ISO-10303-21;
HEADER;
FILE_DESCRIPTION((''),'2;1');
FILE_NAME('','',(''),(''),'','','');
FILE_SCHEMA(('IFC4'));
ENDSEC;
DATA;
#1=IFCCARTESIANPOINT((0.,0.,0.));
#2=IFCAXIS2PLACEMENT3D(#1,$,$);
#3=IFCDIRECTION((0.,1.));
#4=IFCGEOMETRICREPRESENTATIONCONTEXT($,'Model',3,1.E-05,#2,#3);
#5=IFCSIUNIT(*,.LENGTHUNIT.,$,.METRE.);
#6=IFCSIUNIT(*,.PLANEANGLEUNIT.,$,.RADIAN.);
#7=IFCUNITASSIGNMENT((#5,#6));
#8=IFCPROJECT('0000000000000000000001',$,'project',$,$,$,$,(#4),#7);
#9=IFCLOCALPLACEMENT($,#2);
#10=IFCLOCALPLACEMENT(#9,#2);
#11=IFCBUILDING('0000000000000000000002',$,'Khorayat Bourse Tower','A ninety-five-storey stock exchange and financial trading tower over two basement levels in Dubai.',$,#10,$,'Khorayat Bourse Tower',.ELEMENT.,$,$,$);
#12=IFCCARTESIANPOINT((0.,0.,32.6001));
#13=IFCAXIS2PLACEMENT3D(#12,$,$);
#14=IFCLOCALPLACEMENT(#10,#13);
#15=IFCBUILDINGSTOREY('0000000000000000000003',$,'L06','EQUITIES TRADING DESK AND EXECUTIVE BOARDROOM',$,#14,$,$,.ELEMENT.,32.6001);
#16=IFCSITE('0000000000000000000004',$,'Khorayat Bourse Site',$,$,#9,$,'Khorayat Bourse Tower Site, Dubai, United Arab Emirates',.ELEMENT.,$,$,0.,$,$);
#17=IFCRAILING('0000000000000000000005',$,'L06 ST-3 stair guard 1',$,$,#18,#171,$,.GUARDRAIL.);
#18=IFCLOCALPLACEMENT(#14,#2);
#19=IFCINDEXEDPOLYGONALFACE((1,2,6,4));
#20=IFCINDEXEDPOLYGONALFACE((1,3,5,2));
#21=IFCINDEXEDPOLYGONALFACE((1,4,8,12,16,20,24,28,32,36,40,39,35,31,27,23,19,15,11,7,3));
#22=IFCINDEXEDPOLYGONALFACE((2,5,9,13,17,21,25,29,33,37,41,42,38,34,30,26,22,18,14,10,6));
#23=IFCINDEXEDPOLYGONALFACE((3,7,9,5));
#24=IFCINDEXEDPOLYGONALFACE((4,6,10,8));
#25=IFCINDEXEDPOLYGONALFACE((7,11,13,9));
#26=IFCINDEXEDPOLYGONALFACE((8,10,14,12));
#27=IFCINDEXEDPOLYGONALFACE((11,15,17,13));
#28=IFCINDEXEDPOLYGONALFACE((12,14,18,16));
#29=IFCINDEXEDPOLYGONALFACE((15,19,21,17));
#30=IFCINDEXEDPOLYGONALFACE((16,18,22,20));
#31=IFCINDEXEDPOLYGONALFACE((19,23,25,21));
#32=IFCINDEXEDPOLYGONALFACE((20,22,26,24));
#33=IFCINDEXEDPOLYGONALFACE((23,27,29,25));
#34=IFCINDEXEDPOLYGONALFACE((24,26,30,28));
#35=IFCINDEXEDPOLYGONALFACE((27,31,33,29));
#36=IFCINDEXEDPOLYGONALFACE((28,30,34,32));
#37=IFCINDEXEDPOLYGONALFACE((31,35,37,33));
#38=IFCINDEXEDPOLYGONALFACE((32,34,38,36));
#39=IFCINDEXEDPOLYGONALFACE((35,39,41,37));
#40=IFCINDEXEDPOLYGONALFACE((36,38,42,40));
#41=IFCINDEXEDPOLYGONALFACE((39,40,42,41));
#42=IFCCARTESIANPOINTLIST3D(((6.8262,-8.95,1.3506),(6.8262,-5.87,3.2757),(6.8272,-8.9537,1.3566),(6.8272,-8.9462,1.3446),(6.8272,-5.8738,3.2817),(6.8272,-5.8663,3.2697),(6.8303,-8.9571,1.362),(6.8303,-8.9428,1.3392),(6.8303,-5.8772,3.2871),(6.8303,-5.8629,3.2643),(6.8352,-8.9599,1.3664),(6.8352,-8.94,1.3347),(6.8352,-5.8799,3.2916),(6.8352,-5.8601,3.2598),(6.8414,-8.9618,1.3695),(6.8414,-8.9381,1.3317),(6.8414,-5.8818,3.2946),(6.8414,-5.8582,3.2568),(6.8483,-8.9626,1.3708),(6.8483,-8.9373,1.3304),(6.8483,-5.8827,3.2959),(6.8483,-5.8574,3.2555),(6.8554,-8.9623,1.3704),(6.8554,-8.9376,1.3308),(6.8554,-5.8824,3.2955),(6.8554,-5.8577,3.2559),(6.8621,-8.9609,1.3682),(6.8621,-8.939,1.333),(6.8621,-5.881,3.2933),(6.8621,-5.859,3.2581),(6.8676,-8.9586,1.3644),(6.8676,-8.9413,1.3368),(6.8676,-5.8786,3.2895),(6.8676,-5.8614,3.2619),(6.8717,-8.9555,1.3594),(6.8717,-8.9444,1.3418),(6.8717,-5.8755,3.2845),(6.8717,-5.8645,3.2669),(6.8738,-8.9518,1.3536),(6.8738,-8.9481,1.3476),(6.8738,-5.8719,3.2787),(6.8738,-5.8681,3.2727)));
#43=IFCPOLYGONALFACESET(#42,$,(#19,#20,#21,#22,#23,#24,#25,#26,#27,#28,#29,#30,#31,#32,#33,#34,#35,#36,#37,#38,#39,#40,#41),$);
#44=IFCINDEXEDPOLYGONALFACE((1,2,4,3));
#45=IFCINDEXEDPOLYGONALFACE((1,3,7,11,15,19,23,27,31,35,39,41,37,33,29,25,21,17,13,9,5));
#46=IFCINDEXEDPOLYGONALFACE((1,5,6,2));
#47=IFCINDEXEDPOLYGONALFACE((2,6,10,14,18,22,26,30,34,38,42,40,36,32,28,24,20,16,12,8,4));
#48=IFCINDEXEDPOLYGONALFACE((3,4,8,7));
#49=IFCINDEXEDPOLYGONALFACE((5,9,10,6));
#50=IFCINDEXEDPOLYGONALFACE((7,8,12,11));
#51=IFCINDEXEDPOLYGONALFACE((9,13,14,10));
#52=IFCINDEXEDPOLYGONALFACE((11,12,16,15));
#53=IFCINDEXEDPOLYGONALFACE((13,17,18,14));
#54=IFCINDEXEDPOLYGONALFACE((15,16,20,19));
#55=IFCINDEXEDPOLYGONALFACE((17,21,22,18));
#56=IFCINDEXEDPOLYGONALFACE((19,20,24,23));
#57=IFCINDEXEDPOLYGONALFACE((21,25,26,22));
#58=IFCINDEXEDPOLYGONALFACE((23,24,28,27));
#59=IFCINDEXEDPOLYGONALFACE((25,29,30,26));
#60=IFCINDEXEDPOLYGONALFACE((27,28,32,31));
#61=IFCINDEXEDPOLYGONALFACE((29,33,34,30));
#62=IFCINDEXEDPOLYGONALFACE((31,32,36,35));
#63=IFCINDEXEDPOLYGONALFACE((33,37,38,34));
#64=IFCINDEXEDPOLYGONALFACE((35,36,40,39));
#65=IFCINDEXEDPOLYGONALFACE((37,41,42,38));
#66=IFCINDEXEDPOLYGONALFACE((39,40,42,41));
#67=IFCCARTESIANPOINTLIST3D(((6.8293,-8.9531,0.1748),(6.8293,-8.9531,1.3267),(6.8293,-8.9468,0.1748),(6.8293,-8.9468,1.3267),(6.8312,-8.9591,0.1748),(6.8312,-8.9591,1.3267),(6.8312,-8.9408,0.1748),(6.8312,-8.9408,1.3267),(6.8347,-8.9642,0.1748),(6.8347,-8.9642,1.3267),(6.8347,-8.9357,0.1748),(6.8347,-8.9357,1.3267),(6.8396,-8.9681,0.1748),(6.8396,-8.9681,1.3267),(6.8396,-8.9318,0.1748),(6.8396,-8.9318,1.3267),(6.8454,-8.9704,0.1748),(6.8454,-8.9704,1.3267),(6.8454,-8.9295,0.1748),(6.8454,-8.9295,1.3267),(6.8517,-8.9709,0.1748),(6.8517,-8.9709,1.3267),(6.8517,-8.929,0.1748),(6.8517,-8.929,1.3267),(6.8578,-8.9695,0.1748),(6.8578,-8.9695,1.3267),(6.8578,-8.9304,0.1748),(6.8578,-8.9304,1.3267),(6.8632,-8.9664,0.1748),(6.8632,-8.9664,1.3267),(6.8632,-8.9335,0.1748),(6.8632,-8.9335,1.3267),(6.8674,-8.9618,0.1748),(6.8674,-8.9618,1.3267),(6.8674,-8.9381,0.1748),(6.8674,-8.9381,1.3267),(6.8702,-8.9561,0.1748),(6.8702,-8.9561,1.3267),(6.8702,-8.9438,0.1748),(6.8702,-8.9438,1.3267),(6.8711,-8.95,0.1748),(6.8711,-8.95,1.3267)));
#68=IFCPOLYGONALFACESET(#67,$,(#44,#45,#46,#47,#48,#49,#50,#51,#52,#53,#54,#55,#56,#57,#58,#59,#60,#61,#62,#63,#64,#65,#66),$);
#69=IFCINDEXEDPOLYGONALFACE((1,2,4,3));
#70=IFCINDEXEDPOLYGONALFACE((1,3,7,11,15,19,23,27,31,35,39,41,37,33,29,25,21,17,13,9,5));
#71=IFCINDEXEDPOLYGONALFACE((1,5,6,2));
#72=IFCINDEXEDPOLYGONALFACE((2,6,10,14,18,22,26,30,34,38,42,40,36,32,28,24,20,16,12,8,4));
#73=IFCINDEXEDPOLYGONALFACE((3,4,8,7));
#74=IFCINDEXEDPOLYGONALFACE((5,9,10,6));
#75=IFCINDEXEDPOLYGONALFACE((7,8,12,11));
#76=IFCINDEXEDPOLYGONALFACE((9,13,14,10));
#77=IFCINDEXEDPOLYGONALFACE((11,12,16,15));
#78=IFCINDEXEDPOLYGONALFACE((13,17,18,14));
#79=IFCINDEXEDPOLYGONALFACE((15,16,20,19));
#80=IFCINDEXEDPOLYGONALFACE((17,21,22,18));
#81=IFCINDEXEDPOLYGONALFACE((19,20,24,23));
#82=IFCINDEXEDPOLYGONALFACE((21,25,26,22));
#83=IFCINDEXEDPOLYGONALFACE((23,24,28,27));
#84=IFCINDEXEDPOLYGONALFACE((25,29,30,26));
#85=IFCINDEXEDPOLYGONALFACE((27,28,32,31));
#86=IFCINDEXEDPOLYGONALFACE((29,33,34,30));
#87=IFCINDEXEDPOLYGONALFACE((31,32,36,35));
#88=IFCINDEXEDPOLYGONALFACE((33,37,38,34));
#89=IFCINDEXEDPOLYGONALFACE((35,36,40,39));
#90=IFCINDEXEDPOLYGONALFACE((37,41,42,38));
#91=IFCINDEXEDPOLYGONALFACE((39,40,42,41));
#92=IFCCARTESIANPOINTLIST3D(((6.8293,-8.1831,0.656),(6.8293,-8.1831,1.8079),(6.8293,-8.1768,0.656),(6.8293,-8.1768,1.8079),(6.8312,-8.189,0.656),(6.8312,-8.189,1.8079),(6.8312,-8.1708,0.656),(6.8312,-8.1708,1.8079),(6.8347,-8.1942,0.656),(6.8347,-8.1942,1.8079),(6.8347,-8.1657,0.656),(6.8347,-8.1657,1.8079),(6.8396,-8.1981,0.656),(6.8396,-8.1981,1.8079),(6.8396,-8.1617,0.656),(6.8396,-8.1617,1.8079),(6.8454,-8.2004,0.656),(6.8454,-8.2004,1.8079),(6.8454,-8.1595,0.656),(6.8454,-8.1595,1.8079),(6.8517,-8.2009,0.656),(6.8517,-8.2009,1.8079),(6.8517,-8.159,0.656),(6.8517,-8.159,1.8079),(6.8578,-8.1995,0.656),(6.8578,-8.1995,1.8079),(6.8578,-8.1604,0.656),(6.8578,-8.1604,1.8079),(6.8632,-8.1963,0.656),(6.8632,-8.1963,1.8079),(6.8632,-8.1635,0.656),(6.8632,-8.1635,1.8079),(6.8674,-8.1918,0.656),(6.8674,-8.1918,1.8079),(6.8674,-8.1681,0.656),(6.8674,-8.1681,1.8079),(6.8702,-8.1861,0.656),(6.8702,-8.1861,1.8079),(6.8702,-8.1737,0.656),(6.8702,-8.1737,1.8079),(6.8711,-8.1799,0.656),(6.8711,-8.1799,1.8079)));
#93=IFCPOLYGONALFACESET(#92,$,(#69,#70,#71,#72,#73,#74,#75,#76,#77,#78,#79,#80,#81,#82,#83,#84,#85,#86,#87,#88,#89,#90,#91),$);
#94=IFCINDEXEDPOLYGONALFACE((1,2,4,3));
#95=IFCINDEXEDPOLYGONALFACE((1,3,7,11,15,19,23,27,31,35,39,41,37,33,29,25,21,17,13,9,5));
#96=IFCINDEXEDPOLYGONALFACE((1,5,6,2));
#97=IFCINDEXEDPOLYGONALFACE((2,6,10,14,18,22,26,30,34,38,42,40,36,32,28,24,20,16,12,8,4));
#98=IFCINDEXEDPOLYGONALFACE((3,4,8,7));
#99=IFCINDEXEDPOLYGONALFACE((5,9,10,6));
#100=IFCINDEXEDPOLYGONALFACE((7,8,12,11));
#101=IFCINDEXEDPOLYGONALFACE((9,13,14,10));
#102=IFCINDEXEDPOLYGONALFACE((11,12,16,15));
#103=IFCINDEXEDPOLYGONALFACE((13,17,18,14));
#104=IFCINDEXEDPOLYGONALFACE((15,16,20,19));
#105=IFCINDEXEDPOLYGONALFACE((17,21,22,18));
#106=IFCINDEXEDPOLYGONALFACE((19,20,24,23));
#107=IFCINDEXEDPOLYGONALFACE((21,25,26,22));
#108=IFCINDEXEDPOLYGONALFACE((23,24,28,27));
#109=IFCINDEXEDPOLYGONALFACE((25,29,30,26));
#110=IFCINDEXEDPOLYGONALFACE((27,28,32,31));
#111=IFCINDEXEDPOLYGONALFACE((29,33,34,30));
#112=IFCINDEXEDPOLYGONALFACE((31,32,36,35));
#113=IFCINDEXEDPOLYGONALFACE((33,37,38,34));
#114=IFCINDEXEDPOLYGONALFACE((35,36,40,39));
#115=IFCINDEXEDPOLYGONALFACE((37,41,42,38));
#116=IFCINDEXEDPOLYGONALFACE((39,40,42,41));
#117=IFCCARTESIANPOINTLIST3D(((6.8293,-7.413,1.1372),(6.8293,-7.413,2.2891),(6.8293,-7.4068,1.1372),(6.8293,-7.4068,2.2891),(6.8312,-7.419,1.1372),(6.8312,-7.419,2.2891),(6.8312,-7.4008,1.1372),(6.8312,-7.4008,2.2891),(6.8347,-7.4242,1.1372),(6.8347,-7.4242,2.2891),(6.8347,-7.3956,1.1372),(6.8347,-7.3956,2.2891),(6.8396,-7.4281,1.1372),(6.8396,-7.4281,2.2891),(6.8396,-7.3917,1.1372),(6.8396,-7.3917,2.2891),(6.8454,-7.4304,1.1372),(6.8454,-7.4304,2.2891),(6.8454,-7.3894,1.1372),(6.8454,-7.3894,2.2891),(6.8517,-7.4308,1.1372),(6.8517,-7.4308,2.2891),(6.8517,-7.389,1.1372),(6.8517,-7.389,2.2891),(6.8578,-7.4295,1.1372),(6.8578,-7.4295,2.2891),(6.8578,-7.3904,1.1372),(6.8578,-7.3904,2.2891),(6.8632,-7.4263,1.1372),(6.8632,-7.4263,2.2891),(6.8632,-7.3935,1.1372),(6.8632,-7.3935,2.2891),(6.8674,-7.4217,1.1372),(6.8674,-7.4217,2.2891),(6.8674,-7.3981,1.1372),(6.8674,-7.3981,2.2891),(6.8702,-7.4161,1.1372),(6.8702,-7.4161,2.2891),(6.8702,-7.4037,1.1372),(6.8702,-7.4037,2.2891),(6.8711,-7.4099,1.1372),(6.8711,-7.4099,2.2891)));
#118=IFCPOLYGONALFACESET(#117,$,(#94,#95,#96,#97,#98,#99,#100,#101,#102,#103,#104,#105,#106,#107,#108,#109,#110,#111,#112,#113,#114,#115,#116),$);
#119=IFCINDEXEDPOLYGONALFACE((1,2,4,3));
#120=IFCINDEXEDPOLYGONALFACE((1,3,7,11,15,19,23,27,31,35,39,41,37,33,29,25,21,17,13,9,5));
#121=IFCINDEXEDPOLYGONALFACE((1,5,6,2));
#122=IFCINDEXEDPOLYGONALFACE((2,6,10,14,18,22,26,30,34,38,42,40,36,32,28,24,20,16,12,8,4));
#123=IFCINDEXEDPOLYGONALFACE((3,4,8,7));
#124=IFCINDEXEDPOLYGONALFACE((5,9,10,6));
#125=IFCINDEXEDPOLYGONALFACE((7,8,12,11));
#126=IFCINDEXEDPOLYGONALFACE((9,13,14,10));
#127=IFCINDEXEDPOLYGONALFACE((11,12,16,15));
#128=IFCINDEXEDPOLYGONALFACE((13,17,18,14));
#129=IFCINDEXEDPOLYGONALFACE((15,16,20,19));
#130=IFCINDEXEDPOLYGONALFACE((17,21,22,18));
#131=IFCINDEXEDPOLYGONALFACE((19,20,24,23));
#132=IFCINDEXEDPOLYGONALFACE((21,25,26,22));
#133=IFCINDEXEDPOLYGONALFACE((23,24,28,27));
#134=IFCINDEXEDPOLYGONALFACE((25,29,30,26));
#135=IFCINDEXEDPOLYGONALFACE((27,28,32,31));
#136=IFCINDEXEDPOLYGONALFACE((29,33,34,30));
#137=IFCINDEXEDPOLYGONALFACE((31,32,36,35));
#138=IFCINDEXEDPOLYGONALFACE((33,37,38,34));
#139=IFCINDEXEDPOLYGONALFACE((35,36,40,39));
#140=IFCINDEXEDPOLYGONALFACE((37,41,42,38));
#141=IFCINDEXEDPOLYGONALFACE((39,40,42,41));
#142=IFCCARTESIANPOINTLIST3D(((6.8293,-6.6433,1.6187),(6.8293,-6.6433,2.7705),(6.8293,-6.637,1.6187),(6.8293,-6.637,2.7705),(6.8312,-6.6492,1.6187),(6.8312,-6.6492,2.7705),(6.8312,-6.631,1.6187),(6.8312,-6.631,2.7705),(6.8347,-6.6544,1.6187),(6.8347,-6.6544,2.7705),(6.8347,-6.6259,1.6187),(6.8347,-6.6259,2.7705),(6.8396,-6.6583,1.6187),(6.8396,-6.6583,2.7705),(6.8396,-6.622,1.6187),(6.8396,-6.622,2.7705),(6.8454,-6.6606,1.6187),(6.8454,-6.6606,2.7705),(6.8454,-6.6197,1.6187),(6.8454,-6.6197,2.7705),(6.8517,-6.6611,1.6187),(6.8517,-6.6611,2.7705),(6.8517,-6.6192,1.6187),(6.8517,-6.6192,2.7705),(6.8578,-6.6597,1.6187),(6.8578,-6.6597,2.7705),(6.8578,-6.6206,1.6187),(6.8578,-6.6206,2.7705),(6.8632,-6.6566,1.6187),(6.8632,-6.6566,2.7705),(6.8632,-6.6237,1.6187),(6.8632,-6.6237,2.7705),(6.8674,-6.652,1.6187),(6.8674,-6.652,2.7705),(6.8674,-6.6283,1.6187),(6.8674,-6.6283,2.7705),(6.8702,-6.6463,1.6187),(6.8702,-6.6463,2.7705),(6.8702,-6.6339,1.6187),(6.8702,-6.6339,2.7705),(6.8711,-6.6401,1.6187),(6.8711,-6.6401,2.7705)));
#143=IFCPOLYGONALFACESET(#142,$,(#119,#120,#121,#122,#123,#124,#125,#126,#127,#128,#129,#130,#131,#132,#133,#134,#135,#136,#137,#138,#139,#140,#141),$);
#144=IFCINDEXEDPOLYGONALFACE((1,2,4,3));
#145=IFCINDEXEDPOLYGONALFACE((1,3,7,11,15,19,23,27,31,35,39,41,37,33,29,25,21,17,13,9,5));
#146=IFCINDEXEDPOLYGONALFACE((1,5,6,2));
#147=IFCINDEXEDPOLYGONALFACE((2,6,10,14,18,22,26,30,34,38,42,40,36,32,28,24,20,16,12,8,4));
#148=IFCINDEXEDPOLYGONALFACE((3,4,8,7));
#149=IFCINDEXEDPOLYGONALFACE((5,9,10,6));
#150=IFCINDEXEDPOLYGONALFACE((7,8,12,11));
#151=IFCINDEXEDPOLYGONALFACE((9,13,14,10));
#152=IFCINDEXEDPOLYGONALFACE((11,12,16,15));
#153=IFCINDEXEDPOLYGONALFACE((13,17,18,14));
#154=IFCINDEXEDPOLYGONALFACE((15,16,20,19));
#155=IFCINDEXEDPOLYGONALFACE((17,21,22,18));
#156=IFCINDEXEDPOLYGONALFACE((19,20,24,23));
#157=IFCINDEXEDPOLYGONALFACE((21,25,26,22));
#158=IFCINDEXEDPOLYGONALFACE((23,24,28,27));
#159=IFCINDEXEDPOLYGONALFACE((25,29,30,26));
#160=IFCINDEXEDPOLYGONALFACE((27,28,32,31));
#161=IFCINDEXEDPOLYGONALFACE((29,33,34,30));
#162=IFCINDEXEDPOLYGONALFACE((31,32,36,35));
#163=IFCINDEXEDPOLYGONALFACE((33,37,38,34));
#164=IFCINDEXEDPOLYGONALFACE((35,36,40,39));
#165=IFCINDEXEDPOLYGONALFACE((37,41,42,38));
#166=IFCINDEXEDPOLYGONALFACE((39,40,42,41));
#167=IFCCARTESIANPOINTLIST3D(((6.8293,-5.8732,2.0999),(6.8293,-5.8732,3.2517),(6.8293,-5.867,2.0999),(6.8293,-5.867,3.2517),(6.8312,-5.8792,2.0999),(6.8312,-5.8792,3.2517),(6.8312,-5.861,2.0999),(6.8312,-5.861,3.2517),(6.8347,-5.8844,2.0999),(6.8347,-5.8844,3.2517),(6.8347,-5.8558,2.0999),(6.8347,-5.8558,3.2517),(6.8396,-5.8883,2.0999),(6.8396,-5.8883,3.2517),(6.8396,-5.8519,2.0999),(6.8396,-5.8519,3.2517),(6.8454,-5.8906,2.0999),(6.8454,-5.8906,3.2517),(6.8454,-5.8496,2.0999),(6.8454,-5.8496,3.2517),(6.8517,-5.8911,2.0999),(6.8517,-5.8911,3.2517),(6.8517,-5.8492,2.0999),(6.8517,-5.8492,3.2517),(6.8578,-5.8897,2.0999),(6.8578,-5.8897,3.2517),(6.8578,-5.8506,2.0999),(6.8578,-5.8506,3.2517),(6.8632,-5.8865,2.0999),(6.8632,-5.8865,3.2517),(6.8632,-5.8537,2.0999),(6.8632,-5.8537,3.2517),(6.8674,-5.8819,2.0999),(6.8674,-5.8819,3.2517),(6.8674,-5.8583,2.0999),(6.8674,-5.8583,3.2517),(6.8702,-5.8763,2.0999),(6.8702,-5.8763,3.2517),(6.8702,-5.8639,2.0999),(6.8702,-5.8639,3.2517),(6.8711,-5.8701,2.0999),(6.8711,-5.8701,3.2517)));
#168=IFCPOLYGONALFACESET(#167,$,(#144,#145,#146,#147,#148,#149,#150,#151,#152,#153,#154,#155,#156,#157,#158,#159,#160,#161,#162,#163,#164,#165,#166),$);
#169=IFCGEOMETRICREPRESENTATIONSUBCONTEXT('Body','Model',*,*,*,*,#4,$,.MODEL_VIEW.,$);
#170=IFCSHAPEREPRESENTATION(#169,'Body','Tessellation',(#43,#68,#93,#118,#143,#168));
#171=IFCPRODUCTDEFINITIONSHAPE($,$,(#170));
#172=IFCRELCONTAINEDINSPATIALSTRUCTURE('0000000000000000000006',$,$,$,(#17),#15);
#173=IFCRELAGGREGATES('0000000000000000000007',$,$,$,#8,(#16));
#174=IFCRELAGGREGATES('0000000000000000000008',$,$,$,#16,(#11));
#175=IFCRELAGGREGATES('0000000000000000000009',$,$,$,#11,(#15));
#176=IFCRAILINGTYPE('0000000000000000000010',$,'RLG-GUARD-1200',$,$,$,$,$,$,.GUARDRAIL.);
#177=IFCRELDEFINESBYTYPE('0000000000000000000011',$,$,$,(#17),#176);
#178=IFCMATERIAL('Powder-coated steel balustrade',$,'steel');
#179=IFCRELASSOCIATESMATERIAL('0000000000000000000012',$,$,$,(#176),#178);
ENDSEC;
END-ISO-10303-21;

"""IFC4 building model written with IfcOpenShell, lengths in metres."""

from ifc_helpers import new_model, si_unit, direction, frame, origin, origin_2d, place, context, subcontext, project, spatial, circle, extrude, source, transform, mapped, material, type_object, element, save


model = new_model("IFC4")

# Units and contexts
model_context = context("Model", 3, precision=1e-05, world=origin(), true_north=direction((0.0, 1.0)))
body_context = subcontext(model_context, "Body", "Model", "MODEL_VIEW")
ifc_project = project(units=[si_unit("LENGTHUNIT", "METRE"), si_unit("PLANEANGLEUNIT", "RADIAN")], contexts=[model_context])

# Site, building, storey
site_placement = place(None, origin())
site = spatial("IfcSite", under=ifc_project, at=site_placement, Name="Khorayat Bourse Site", LongName="Khorayat Bourse Tower Site, Dubai, United Arab Emirates", CompositionType="ELEMENT", RefElevation=0.0)
building_placement = place(site_placement, origin())
building = spatial("IfcBuilding", under=site, at=building_placement, Name="Khorayat Bourse Tower", Description="A ninety-five-storey stock exchange and financial trading tower over two basement levels in Dubai.", LongName="Khorayat Bourse Tower", CompositionType="ELEMENT")
storey_placement = place(building_placement, frame((0.0, 0.0, 32.6001)))
storey = spatial("IfcBuildingStorey", under=building, at=storey_placement, Name="L06", Description="EQUITIES TRADING DESK AND EXECUTIVE BOARDROOM", CompositionType="ELEMENT", Elevation=32.6001)

# Railing
ifc_material_1 = material(Name="Powder-coated steel balustrade", Category="steel")
railing_type_1 = type_object("IfcRailingType", Name="RLG-GUARD-1200", PredefinedType="GUARDRAIL", material=ifc_material_1)
shared_shape_1 = source(origin(), body_context, "Body", "SweptSolid", [
    extrude(circle(Radius=0.0239, at=origin_2d()), frame((0.0, 0.0, 1.1758), z_axis=(0.0, 0.847979, 0.530029), x_axis=(-1.0, 0.0, 0.0)), (0.0, 0.0, 1.0), 3.6321),
    extrude(circle(Radius=0.021, at=origin_2d()), origin(), (0.0, 0.0, 1.0), 1.1519),
    extrude(circle(Radius=0.021, at=origin_2d()), frame((0.0, 0.77, 0.4812)), (0.0, 0.0, 1.0), 1.1519),
    extrude(circle(Radius=0.021, at=origin_2d()), frame((0.0, 1.54, 0.9624)), (0.0, 0.0, 1.0), 1.1519),
    extrude(circle(Radius=0.021, at=origin_2d()), frame((0.0, 2.3098, 1.4438)), (0.0, 0.0, 1.0), 1.1519),
    extrude(circle(Radius=0.021, at=origin_2d()), frame((0.0, 3.0798, 1.925)), (0.0, 0.0, 1.0), 1.1519),
])
railing_1_placement = place(storey_placement, frame((6.8501, -8.95, 0.1748)))
element("IfcRailing", 1, at=railing_1_placement, inside=storey, type_object=railing_type_1, Name="L06 ST-3 stair guard 1", PredefinedType="GUARDRAIL", context=body_context, shape_type="MappedRepresentation", body=[
    mapped(shared_shape_1, transform((0.0, 0.0, 0.0), scale=1.0)),
])

save(model, "model.ifc")
